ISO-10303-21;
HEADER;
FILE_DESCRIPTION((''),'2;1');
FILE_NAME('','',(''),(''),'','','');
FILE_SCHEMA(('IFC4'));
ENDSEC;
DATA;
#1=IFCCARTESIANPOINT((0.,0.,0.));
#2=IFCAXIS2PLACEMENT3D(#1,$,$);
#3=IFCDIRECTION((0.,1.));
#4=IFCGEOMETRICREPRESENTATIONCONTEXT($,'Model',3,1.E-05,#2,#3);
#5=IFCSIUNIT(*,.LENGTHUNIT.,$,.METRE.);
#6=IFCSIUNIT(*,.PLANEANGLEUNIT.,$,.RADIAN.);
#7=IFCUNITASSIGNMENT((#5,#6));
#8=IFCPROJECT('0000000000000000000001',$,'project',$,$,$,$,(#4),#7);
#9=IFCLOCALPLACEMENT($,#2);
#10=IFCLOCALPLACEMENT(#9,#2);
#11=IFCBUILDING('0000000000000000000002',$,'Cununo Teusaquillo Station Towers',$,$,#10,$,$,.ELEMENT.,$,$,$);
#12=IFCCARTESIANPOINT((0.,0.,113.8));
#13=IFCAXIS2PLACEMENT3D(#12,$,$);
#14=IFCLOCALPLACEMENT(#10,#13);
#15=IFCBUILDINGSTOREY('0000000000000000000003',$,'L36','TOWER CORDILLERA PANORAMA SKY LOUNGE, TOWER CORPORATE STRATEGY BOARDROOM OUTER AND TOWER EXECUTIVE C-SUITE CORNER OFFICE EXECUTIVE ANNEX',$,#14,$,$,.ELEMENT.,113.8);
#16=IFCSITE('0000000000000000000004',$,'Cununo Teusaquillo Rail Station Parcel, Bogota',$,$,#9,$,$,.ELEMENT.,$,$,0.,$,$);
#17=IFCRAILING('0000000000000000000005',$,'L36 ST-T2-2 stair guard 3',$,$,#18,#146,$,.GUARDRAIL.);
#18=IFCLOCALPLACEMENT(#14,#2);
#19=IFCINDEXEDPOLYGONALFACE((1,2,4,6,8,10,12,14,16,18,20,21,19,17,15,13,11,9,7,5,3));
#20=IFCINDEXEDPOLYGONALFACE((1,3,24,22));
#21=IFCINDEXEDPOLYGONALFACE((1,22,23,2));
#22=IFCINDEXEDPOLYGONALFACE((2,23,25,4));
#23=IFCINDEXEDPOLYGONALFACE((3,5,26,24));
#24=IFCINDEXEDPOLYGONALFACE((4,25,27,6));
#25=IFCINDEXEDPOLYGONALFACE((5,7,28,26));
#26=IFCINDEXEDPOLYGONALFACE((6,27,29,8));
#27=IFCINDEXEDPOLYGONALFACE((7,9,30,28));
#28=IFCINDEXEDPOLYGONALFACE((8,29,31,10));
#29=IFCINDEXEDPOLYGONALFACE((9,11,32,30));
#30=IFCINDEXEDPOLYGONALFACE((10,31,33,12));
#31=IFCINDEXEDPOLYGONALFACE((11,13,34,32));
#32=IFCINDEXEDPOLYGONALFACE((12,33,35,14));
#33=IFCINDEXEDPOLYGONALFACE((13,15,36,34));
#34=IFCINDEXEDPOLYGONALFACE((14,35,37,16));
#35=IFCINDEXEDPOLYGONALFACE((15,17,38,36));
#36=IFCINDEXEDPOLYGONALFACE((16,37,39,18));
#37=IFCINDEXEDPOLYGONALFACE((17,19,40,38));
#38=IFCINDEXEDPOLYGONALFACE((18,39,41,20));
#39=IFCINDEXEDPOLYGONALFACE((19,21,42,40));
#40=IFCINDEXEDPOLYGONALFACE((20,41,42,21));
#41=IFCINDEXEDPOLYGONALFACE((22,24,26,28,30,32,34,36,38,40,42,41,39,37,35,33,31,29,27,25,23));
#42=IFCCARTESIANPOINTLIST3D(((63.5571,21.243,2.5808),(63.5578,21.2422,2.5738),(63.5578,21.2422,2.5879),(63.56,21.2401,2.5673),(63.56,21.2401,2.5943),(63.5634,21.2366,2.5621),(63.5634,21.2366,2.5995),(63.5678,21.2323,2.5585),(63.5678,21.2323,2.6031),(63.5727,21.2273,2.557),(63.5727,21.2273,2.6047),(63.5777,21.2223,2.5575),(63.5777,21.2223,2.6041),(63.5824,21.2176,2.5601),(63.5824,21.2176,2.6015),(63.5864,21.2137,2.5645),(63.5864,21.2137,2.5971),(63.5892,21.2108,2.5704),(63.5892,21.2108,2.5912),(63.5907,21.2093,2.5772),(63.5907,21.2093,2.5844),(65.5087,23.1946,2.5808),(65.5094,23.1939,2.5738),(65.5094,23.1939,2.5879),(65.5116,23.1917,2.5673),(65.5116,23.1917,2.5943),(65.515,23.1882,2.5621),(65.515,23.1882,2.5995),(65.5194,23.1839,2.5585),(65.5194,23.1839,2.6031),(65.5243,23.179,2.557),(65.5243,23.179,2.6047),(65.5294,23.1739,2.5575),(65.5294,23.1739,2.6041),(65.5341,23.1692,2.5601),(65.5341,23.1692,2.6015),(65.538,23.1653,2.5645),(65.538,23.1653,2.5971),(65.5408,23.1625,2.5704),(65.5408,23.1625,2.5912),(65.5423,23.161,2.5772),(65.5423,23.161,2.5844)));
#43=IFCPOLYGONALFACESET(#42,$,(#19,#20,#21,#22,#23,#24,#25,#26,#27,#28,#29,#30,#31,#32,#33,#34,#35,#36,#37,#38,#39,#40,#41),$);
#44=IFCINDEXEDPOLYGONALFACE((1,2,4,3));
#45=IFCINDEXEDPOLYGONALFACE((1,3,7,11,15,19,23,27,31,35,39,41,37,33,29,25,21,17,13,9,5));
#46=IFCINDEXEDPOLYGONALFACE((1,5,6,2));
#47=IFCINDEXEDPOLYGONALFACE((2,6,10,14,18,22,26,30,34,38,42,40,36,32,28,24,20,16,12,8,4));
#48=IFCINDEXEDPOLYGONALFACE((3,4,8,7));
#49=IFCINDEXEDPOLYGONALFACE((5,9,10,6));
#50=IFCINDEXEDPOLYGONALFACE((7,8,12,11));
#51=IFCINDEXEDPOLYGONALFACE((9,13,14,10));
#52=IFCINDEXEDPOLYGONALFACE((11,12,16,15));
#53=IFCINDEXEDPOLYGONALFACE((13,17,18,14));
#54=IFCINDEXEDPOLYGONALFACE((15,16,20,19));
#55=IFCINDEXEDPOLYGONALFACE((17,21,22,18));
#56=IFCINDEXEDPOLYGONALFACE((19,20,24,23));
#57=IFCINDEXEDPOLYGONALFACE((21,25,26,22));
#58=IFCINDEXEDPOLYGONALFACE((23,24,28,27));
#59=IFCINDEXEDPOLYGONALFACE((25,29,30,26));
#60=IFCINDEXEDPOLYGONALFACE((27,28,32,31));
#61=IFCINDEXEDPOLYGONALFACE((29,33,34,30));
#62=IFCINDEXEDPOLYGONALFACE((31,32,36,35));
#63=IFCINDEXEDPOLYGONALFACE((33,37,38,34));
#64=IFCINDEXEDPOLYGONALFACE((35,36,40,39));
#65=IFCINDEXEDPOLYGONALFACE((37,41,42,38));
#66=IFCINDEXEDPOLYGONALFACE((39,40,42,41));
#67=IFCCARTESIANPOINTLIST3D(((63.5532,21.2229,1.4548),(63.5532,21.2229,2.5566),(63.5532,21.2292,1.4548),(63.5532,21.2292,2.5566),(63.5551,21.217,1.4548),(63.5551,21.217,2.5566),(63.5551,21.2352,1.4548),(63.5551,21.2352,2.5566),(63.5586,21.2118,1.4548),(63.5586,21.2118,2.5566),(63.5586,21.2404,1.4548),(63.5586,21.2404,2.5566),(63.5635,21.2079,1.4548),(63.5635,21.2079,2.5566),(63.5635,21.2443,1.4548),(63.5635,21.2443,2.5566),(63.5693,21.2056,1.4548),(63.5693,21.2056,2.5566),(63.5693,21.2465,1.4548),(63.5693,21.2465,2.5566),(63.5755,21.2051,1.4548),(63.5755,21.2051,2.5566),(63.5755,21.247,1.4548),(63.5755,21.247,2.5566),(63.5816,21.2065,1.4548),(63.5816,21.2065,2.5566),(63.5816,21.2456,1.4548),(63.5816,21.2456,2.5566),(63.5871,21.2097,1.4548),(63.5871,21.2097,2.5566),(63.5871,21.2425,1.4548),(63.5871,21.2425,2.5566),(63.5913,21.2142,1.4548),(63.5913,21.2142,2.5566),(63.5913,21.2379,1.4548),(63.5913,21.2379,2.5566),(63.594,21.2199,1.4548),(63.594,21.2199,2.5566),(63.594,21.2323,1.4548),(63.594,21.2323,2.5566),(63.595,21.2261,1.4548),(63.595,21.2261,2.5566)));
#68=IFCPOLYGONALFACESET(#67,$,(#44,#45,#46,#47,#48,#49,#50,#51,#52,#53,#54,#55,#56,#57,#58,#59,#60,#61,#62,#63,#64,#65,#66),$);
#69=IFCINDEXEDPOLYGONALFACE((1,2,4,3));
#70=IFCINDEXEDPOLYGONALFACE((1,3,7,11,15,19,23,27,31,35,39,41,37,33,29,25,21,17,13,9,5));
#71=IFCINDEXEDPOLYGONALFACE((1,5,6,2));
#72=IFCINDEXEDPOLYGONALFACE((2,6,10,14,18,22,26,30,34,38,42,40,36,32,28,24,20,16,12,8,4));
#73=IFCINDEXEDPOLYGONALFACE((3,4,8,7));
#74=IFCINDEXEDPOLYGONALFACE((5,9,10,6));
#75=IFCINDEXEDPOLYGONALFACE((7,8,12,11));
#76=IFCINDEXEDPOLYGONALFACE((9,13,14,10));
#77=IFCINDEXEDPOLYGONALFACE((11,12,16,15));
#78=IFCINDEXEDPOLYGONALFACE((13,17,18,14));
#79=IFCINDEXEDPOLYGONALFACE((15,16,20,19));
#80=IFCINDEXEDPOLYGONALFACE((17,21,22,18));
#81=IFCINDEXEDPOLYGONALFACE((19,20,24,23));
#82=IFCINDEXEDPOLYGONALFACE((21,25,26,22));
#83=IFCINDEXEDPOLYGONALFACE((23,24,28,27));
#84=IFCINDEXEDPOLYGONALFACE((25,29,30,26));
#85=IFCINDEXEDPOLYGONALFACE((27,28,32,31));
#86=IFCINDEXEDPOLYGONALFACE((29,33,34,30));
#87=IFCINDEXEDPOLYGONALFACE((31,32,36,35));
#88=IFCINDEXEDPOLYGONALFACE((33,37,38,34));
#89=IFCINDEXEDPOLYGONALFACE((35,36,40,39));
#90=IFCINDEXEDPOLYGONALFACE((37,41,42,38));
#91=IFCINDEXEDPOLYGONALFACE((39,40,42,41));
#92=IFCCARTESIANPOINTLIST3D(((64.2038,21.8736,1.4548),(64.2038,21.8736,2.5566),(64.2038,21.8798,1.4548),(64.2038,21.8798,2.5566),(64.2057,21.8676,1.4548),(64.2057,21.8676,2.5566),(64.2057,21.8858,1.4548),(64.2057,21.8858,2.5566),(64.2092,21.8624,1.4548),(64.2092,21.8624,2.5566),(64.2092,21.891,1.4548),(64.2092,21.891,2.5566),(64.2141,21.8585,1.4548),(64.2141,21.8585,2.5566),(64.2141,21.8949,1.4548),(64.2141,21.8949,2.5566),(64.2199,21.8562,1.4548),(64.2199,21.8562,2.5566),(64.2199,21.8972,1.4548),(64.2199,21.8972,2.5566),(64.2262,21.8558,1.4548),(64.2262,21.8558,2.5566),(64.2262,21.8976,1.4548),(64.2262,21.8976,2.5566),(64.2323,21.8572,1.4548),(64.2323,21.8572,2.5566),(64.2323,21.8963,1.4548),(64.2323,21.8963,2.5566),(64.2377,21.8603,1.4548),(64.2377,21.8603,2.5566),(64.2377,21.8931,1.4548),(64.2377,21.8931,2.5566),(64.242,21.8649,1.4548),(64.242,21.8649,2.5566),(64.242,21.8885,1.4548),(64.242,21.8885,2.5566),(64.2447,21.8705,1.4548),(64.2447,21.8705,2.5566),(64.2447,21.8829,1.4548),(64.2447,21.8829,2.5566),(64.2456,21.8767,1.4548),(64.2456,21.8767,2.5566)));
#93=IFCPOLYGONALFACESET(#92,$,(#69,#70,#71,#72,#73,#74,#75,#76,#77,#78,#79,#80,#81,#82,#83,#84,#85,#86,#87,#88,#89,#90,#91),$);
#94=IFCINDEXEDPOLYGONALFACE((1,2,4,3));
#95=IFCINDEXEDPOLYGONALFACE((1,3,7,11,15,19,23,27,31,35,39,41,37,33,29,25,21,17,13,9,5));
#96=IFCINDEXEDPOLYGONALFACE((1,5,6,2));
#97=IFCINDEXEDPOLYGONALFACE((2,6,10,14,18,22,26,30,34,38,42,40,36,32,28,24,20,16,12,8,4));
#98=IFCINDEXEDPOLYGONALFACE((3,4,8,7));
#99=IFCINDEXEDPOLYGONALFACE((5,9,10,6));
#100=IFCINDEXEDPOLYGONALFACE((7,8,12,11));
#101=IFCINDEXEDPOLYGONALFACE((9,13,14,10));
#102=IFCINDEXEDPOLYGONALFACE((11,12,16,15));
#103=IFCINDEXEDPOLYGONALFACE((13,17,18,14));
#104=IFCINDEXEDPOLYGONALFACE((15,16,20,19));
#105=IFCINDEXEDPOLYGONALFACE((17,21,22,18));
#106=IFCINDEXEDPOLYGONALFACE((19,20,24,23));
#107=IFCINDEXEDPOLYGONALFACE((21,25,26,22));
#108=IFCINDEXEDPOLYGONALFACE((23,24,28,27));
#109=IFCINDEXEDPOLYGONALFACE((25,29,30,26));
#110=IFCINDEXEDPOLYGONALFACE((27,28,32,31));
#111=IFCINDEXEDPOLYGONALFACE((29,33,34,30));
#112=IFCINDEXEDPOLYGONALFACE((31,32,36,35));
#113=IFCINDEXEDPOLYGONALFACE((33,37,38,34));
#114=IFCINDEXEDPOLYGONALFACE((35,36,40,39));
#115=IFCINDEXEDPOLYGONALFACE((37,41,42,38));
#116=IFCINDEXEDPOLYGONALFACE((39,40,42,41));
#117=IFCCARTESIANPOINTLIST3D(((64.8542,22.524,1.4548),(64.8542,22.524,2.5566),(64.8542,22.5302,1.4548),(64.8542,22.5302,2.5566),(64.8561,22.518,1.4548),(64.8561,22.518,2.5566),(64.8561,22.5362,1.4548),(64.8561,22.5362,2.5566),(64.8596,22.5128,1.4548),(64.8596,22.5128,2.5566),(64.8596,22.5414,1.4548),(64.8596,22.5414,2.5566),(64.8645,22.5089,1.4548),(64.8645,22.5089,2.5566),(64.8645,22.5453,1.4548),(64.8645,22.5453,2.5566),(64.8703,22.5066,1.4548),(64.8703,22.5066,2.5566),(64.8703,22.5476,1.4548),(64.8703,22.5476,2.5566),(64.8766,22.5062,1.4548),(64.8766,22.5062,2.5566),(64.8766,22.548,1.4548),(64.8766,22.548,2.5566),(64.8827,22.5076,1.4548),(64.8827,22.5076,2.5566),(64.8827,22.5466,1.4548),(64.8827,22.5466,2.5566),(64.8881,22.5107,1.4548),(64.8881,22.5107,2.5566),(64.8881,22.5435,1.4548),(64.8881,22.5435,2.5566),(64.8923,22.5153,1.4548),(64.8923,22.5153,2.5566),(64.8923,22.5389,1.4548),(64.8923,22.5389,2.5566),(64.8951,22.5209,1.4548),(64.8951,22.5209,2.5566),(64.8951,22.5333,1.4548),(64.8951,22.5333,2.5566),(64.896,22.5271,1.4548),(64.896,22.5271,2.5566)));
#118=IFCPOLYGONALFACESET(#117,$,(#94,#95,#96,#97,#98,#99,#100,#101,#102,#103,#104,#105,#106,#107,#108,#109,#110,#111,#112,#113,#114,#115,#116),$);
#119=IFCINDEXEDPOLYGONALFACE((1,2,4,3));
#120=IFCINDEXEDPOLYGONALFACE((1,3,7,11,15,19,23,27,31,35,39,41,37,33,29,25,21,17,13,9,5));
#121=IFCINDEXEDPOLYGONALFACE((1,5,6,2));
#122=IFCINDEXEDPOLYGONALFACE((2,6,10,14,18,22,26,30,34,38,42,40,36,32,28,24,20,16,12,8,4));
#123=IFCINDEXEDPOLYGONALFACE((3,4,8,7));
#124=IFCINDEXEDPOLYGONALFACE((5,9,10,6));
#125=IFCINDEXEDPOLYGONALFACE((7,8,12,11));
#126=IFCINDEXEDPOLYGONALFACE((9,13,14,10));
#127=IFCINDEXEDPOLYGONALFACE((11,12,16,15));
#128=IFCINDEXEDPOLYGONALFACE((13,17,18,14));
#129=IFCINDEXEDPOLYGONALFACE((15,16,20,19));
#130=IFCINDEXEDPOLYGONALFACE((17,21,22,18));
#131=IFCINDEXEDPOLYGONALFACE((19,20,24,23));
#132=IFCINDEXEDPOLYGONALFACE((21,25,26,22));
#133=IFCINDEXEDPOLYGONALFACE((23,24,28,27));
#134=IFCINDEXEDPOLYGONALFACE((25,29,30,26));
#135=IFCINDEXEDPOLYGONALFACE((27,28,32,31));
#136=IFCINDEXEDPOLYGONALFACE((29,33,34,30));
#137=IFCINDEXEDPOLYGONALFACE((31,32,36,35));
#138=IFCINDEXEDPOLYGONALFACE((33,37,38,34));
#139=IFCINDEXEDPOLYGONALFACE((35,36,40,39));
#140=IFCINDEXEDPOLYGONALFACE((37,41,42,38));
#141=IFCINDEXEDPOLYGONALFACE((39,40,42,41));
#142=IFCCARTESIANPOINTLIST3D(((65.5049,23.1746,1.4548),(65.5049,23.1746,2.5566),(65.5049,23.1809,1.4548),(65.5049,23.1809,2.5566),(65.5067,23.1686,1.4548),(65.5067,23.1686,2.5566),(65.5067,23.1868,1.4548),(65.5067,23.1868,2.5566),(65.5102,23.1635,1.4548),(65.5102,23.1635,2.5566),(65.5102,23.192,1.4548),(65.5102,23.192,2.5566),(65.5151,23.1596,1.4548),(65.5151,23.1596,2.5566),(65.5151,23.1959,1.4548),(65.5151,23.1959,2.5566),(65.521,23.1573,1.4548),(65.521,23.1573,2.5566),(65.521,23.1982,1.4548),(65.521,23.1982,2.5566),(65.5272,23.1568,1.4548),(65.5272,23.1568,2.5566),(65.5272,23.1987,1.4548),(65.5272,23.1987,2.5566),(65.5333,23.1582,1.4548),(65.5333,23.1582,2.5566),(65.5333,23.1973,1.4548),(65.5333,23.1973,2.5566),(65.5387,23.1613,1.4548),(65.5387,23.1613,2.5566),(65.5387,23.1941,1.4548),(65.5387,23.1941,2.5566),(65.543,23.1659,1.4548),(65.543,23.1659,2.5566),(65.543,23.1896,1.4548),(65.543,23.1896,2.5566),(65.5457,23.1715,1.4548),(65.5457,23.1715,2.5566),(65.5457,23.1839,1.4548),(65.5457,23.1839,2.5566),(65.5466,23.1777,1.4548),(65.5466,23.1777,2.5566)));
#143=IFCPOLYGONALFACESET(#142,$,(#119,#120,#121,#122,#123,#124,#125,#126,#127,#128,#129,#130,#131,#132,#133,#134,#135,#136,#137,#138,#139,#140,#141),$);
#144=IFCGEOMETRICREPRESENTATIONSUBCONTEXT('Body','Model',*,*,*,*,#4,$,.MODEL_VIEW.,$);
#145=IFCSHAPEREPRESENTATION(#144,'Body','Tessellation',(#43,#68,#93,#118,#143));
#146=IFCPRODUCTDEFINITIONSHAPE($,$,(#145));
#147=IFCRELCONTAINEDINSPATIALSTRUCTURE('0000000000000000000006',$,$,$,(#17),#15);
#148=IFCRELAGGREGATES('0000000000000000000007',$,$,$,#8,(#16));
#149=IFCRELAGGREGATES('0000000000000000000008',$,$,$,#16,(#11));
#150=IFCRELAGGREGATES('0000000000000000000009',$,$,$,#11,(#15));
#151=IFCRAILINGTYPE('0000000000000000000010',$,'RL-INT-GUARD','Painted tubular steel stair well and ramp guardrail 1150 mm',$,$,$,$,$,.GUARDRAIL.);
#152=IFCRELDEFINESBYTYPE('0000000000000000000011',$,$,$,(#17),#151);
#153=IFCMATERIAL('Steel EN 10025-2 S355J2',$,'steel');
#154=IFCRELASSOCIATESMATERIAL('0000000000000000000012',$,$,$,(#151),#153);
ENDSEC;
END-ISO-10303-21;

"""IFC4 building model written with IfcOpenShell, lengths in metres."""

from ifc_helpers import new_model, si_unit, direction, frame, origin, origin_2d, place, context, subcontext, project, spatial, circle, extrude, material, type_object, element, save


model = new_model("IFC4")

# Units and contexts
model_context = context("Model", 3, precision=1e-05, world=origin(), true_north=direction((0.0, 1.0)))
body_context = subcontext(model_context, "Body", "Model", "MODEL_VIEW")
ifc_project = project(units=[si_unit("LENGTHUNIT", "METRE"), si_unit("PLANEANGLEUNIT", "RADIAN")], contexts=[model_context])

# Site, building, storey
site_placement = place(None, origin())
site = spatial("IfcSite", under=ifc_project, at=site_placement, Name="Cununo Teusaquillo Rail Station Parcel, Bogota", CompositionType="ELEMENT", RefElevation=0.0)
building_placement = place(site_placement, origin())
building = spatial("IfcBuilding", under=site, at=building_placement, Name="Cununo Teusaquillo Station Towers", CompositionType="ELEMENT")
storey_placement = place(building_placement, frame((0.0, 0.0, 113.8)))
storey = spatial("IfcBuildingStorey", under=building, at=storey_placement, Name="L36", Description="TOWER CORDILLERA PANORAMA SKY LOUNGE, TOWER CORPORATE STRATEGY BOARDROOM OUTER AND TOWER EXECUTIVE C-SUITE CORNER OFFICE EXECUTIVE ANNEX", CompositionType="ELEMENT", Elevation=113.8)

# Railing
ifc_material_1 = material(Name="Steel EN 10025-2 S355J2", Category="steel")
railing_type = type_object("IfcRailingType", Name="RL-INT-GUARD", Description="Painted tubular steel stair well and ramp guardrail 1150 mm", PredefinedType="GUARDRAIL", material=ifc_material_1)
railing_1_placement = place(storey_placement, frame((63.574, 21.2261, 1.4548)))
element("IfcRailing", 1, at=railing_1_placement, inside=storey, type_object=railing_type, Name="L36 ST-T2-2 stair guard 3", PredefinedType="GUARDRAIL", context=body_context, shape_type="SweptSolid", body=[
    extrude(circle(Radius=0.0239, at=origin_2d()), frame((0.0, 0.0, 1.126), z_axis=(0.707107, 0.707107, 0.0), x_axis=(-0.707107, 0.707107, 0.0)), (0.0, 0.0, 1.0), 2.76),
    extrude(circle(Radius=0.021, at=origin_2d()), origin(), (0.0, 0.0, 1.0), 1.1018),
    extrude(circle(Radius=0.021, at=origin_2d()), frame((0.6506, 0.6506, 0.0)), (0.0, 0.0, 1.0), 1.1018),
    extrude(circle(Radius=0.021, at=origin_2d()), frame((1.301, 1.301, 0.0)), (0.0, 0.0, 1.0), 1.1018),
    extrude(circle(Radius=0.021, at=origin_2d()), frame((1.9517, 1.9517, 0.0)), (0.0, 0.0, 1.0), 1.1018),
])

save(model, "model.ifc")
